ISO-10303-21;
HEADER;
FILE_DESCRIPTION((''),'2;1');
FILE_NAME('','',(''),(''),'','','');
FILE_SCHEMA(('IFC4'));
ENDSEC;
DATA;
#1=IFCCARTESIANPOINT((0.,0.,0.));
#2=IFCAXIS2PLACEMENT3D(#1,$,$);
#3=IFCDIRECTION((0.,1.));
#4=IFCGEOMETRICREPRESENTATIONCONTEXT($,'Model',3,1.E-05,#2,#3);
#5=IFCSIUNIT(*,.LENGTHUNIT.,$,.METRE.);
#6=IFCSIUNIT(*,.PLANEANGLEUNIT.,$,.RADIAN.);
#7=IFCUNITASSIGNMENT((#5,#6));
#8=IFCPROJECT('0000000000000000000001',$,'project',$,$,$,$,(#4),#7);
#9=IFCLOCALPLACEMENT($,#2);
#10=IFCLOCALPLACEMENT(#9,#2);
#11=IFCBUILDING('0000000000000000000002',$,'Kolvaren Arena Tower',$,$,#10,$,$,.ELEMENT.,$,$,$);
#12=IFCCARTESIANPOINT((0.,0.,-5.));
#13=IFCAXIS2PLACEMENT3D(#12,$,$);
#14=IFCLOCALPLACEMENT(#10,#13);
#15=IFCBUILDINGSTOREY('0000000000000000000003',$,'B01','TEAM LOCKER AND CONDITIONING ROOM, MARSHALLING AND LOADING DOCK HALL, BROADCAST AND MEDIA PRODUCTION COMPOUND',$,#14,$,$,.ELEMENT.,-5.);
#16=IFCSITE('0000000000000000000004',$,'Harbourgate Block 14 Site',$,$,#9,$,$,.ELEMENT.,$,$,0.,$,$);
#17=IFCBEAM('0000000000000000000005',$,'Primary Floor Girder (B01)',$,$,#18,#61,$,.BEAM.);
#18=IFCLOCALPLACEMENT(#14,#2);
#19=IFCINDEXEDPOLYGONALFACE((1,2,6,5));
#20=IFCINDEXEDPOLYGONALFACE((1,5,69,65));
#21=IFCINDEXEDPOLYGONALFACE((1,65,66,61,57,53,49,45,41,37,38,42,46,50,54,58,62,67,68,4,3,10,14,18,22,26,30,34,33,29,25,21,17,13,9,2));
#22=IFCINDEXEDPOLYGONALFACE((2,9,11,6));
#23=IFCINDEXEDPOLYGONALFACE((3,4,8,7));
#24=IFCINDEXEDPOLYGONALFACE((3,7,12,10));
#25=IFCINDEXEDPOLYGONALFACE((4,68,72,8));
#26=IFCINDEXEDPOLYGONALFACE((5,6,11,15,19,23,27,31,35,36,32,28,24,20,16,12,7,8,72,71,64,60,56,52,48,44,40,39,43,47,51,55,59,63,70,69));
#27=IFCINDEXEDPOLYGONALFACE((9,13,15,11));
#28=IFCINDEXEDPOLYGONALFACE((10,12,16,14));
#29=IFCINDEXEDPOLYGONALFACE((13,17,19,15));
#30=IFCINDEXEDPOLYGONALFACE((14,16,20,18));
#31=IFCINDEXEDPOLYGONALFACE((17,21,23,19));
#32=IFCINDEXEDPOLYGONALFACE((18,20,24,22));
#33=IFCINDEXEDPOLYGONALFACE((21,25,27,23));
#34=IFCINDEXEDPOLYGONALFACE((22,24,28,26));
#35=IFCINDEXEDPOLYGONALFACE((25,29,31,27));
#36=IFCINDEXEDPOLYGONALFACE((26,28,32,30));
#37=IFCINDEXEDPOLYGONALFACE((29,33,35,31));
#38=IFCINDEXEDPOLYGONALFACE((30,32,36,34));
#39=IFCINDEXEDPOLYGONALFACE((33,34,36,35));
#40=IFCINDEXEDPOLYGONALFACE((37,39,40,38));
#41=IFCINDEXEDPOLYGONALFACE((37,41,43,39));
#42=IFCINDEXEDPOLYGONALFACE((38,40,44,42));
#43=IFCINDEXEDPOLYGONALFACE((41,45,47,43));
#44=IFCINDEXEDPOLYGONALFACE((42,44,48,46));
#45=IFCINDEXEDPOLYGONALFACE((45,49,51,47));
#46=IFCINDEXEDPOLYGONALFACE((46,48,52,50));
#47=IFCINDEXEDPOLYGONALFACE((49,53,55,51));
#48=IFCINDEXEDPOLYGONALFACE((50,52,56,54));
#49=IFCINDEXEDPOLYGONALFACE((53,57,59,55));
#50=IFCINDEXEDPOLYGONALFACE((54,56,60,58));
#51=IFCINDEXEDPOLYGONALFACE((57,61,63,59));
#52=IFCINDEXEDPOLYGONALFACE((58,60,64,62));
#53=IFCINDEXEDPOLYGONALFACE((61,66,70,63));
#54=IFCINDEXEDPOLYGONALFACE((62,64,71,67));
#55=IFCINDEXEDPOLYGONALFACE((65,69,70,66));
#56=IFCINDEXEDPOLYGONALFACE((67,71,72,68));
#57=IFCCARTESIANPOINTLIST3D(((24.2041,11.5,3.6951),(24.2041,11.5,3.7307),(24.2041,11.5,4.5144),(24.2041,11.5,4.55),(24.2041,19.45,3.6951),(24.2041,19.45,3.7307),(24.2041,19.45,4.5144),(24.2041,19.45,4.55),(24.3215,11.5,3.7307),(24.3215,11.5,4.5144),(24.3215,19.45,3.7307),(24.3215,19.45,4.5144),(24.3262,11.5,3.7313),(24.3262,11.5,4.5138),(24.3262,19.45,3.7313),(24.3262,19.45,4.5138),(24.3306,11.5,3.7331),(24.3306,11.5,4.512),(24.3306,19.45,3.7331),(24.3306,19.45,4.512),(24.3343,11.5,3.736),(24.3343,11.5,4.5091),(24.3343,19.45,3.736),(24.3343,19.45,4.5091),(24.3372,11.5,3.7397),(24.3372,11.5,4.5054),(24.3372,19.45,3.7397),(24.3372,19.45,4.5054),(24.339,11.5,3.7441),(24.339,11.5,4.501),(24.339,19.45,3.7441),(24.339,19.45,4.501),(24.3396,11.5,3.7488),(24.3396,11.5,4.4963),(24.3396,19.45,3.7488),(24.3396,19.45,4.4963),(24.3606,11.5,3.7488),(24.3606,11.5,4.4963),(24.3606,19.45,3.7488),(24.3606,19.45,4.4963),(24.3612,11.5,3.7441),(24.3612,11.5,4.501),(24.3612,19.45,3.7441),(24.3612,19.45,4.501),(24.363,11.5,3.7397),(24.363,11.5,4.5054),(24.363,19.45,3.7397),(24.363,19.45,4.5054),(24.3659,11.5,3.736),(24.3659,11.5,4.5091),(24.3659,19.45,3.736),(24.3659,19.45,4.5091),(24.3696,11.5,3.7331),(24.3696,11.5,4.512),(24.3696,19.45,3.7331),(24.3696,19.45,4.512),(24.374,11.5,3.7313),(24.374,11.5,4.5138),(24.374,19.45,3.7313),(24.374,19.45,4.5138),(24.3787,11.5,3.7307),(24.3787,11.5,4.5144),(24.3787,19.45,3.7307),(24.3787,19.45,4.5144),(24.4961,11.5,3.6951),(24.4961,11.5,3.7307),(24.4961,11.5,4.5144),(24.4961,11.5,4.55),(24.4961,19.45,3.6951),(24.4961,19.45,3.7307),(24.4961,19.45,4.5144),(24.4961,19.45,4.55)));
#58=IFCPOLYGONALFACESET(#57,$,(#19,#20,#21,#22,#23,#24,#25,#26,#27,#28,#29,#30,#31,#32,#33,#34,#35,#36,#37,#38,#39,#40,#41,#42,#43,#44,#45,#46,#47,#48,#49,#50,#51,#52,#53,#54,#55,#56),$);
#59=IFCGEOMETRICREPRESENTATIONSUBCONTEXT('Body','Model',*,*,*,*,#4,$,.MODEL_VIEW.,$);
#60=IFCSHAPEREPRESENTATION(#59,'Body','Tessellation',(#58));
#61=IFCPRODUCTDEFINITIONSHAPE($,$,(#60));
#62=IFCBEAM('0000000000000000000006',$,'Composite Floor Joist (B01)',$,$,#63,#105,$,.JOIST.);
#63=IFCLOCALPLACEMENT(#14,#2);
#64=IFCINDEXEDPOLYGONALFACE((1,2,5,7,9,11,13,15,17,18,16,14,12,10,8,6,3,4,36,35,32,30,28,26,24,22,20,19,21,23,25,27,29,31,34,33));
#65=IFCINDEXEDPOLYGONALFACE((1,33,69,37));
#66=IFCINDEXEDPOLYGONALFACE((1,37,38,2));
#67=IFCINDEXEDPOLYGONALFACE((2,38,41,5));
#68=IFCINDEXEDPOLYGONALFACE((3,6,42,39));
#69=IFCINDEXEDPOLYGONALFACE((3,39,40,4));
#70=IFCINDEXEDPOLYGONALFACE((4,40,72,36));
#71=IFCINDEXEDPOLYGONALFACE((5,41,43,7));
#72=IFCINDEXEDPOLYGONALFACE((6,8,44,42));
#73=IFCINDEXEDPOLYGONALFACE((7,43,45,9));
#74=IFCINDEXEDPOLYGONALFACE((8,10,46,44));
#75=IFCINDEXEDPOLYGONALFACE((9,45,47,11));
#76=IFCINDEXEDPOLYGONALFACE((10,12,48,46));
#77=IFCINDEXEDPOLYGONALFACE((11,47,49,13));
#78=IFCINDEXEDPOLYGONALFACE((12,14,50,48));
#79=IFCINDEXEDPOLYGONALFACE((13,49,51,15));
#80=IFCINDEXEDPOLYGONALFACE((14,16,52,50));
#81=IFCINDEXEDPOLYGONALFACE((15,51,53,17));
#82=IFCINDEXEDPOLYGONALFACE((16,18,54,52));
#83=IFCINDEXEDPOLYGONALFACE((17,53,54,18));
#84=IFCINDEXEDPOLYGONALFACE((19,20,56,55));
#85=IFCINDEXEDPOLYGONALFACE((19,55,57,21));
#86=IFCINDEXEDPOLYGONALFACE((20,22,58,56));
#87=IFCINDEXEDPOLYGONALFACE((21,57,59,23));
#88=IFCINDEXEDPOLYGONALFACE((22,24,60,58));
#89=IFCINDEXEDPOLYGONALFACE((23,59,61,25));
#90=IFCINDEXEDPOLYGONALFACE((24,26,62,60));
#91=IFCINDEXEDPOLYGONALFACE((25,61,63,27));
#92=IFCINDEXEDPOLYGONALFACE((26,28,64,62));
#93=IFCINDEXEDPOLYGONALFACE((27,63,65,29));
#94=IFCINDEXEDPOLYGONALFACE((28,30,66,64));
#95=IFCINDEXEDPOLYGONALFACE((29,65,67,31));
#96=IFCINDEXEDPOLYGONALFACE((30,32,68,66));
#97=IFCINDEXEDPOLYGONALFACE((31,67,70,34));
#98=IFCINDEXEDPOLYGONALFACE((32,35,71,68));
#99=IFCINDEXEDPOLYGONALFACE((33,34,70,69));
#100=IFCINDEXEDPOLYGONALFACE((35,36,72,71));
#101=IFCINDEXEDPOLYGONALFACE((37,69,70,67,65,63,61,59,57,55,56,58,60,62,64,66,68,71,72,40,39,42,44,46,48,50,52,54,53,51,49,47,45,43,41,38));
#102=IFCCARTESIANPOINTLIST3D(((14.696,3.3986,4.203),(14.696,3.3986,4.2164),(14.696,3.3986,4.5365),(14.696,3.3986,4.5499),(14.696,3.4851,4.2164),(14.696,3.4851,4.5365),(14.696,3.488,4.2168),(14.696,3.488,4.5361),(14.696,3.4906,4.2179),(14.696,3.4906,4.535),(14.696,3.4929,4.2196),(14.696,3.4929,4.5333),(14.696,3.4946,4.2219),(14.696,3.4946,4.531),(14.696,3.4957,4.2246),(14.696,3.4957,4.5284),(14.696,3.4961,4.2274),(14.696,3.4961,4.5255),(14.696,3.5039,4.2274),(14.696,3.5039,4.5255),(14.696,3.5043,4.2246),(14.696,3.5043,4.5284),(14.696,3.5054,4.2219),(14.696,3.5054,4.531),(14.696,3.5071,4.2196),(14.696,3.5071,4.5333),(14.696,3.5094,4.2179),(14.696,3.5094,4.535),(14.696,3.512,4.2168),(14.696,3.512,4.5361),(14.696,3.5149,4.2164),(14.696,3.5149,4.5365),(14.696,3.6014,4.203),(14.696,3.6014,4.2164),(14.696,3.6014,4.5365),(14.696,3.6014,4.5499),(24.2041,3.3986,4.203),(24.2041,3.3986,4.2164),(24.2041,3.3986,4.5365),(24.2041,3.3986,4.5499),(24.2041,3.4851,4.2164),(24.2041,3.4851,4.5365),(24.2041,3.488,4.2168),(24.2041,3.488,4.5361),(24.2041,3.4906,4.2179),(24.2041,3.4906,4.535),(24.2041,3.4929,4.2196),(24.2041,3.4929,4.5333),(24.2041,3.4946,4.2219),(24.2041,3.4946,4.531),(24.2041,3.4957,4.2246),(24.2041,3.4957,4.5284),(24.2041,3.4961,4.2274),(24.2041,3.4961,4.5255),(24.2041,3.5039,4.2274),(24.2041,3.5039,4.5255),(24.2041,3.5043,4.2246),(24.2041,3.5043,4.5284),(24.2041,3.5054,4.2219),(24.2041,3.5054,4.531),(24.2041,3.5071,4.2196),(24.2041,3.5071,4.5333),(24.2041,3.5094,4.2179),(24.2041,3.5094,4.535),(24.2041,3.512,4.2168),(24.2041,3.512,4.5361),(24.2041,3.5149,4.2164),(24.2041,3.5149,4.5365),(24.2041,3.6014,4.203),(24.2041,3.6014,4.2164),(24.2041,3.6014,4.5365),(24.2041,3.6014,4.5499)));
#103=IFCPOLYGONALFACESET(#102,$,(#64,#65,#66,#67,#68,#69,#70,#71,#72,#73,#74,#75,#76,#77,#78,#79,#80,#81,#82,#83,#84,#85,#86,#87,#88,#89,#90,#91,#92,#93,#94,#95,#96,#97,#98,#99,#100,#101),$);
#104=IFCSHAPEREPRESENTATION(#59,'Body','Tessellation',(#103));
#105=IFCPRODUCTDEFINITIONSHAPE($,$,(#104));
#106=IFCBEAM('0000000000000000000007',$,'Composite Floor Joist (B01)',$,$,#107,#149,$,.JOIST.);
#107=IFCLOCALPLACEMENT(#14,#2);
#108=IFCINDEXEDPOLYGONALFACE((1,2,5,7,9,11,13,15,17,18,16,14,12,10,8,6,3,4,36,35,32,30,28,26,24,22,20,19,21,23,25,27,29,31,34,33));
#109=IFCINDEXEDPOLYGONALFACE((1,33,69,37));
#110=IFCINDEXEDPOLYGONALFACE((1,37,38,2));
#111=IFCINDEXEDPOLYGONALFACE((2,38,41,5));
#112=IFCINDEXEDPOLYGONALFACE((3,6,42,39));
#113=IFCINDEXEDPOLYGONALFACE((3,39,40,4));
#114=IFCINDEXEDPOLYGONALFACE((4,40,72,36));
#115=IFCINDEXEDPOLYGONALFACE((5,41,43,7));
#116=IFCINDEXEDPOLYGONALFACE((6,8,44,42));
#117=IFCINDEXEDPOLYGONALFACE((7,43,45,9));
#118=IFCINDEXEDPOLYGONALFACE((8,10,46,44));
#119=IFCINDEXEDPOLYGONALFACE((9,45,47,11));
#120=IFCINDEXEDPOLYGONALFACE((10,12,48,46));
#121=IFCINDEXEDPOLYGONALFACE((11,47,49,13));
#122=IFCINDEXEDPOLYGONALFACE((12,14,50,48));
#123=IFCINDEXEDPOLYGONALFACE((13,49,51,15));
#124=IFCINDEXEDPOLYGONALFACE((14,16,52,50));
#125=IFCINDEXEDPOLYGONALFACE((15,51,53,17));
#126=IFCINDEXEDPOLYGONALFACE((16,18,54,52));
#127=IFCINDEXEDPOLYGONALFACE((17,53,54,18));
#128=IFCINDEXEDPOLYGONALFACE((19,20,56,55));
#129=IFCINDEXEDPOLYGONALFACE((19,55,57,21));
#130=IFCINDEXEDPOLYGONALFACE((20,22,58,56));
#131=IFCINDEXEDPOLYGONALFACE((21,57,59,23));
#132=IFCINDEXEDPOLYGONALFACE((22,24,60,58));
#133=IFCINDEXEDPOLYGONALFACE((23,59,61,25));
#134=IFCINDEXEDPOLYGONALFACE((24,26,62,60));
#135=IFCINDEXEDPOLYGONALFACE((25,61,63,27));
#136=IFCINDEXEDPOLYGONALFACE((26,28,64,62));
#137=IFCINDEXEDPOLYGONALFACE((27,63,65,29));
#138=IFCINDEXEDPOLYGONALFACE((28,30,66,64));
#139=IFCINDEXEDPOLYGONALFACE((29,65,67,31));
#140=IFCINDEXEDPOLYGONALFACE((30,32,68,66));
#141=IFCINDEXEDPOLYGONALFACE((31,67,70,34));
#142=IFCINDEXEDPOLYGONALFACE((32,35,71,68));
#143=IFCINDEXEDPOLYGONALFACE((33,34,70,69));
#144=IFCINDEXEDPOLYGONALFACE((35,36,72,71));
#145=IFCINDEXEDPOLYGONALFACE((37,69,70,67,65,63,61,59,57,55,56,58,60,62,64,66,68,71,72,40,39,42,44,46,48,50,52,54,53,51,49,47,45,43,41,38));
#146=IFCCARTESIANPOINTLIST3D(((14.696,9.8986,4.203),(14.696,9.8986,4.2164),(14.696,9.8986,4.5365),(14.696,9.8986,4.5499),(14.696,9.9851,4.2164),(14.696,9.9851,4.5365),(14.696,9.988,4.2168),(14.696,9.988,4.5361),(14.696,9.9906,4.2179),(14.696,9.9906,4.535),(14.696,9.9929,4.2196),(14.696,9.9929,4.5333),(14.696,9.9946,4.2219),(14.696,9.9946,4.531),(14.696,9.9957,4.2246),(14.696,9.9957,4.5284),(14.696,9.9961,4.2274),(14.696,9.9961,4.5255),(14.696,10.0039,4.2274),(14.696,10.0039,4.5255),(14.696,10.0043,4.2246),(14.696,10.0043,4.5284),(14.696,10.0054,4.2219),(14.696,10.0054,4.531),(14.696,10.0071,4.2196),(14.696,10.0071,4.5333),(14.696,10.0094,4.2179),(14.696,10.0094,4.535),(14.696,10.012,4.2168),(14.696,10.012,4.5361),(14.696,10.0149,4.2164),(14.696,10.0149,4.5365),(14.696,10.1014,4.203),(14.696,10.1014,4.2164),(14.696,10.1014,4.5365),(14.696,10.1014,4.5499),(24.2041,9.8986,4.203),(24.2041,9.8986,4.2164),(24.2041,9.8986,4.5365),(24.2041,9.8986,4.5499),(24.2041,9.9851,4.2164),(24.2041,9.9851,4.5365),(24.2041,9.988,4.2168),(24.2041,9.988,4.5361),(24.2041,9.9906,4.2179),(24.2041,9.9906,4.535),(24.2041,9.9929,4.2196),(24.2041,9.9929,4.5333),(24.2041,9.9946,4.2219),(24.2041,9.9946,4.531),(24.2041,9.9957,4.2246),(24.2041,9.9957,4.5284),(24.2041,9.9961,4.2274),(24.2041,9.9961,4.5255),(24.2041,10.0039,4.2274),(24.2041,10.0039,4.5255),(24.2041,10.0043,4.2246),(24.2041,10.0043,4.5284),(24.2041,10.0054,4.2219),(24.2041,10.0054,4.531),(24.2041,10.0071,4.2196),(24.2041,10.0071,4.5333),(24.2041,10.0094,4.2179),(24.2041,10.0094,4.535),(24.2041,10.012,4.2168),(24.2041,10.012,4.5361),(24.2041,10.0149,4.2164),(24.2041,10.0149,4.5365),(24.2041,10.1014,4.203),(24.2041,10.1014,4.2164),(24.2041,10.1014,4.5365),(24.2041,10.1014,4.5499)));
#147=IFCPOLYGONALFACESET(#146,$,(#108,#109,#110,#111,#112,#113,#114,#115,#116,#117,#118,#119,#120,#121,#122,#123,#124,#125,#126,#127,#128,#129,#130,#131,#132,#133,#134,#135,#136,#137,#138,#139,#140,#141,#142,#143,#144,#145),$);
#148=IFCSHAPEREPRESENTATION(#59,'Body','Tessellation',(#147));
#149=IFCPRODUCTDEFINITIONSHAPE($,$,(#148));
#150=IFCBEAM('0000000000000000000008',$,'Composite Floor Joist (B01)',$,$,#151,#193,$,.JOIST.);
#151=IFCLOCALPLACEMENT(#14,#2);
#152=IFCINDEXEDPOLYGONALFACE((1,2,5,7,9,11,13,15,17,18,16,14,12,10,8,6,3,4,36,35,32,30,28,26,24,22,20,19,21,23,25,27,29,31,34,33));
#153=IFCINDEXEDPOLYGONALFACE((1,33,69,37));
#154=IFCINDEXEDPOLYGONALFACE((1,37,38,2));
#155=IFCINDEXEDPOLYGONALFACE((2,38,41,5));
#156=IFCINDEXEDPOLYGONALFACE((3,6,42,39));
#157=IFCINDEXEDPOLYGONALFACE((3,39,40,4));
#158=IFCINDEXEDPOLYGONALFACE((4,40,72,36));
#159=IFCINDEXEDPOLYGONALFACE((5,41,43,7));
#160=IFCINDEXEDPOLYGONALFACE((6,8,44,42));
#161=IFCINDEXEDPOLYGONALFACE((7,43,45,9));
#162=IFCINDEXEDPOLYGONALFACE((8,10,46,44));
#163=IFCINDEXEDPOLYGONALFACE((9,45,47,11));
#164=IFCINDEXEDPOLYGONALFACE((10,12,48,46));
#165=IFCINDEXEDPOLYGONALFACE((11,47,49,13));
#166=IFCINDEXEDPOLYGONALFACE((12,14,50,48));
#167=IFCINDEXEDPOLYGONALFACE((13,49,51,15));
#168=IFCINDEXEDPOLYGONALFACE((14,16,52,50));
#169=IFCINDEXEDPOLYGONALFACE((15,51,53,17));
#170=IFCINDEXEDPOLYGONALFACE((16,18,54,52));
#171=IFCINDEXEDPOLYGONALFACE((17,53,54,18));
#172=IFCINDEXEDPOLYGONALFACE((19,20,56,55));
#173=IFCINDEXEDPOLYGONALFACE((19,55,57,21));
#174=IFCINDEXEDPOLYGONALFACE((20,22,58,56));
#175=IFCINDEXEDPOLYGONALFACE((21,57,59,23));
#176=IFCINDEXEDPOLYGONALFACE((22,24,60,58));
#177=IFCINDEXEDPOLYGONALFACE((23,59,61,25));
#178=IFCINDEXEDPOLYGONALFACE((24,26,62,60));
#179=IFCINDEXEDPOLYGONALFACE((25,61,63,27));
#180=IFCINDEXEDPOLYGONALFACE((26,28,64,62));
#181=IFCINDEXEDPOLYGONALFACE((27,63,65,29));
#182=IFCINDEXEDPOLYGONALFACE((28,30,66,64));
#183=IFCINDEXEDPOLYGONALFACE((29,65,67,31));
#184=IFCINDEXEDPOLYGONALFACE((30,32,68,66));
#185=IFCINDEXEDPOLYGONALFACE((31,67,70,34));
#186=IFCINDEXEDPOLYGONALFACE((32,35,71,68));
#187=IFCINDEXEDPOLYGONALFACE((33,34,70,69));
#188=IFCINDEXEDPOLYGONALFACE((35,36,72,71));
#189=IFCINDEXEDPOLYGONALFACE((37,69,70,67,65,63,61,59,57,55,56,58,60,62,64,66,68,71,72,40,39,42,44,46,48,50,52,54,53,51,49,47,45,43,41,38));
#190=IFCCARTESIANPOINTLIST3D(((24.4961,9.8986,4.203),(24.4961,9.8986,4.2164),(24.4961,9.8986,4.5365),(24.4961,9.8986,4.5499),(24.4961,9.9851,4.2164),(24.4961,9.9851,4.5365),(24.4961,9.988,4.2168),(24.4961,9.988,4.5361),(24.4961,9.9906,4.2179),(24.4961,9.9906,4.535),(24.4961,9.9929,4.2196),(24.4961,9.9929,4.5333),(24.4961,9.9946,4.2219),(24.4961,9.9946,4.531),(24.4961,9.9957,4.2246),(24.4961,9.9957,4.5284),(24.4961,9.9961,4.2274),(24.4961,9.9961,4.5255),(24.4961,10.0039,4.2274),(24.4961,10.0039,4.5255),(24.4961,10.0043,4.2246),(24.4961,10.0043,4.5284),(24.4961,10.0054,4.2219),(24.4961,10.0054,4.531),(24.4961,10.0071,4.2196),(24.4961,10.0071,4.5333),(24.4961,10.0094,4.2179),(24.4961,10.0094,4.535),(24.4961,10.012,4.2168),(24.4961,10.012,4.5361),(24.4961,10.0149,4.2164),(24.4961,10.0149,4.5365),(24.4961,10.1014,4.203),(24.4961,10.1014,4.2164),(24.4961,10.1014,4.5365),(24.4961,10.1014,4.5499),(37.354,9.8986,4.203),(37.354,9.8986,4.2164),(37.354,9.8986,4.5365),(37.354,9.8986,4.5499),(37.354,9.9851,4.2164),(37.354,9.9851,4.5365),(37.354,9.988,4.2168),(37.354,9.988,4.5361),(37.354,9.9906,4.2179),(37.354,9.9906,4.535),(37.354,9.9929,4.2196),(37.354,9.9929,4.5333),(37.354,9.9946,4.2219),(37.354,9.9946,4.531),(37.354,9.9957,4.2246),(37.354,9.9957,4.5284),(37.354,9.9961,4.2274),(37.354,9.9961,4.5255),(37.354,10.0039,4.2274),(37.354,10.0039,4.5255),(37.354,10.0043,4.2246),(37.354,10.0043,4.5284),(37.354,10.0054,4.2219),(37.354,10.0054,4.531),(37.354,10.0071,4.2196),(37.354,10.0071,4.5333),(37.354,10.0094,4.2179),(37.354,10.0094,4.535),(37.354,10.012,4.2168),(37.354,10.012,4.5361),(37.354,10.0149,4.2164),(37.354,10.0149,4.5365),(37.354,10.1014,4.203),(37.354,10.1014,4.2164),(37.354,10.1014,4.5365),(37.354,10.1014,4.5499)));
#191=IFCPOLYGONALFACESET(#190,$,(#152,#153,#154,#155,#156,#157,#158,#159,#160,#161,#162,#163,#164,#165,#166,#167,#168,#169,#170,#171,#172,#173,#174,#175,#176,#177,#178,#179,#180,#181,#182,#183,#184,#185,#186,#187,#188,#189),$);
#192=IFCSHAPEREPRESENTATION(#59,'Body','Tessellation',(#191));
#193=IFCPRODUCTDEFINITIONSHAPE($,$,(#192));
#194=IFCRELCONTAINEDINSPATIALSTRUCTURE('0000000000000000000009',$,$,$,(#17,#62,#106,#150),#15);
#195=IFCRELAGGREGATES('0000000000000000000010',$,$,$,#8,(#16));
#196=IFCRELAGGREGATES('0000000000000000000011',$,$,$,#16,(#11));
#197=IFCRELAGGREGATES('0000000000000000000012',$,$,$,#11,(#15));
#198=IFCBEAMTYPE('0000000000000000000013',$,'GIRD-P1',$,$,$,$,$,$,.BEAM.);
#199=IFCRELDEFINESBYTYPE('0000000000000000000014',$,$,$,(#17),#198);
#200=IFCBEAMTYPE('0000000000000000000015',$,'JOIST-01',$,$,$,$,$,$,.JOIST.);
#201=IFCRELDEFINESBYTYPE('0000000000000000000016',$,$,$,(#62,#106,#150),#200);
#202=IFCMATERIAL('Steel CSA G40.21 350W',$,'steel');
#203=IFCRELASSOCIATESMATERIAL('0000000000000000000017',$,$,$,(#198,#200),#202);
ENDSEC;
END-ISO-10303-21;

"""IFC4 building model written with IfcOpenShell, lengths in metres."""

from ifc_helpers import new_model, si_unit, direction, frame, origin, origin_2d, place, context, subcontext, project, spatial, i_section, extrude, material, material_profile, profile_set, type_object, element, save


model = new_model("IFC4")

# Units and contexts
model_context = context("Model", 3, precision=1e-05, world=origin(), true_north=direction((0.0, 1.0)))
body_context = subcontext(model_context, "Body", "Model", "MODEL_VIEW")
ifc_project = project(units=[si_unit("LENGTHUNIT", "METRE"), si_unit("PLANEANGLEUNIT", "RADIAN")], contexts=[model_context])

# Site, building, storey
site_placement = place(None, origin())
site = spatial("IfcSite", under=ifc_project, at=site_placement, Name="Harbourgate Block 14 Site", CompositionType="ELEMENT", RefElevation=0.0)
building_placement = place(site_placement, origin())
building = spatial("IfcBuilding", under=site, at=building_placement, Name="Kolvaren Arena Tower", CompositionType="ELEMENT")
storey_placement = place(building_placement, frame((0.0, 0.0, -5.0)))
storey = spatial("IfcBuildingStorey", under=building, at=storey_placement, Name="B01", Description="TEAM LOCKER AND CONDITIONING ROOM, MARSHALLING AND LOADING DOCK HALL, BROADCAST AND MEDIA PRODUCTION COMPOUND", CompositionType="ELEMENT", Elevation=-5.0)

# Beams
ifc_material_1 = material(Name="Steel CSA G40.21 350W", Category="steel")
ifc_material_profile_1 = material_profile(ifc_material_1, i_section(OverallWidth=0.292, OverallDepth=0.855, WebThickness=0.021, FlangeThickness=0.0356, FilletRadius=0.0181, at=origin_2d()), Name="W840x299")
ifc_profile_set_1 = profile_set([ifc_material_profile_1], Name="Steel CSA G40.21 350W")
beam_type_1 = type_object("IfcBeamType", Name="GIRD-P1", PredefinedType="BEAM", material=ifc_profile_set_1)
beam_1_placement = place(storey_placement, frame((24.3501, 11.5, 4.1226), z_axis=(0.0, 1.0, 0.0), x_axis=(-1.0, 0.0, 0.0)))
element("IfcBeam", 1, at=beam_1_placement, inside=storey, type_object=beam_type_1, Name="Primary Floor Girder (B01)", PredefinedType="BEAM", context=body_context, shape_type="SweptSolid", body=[
    extrude(i_section(OverallWidth=0.292, OverallDepth=0.855, WebThickness=0.021, FlangeThickness=0.0356, FilletRadius=0.0181, at=origin_2d()), origin(), (0.0, 0.0, 1.0), 7.95),
])
ifc_material_profile_2 = material_profile(ifc_material_1, i_section(OverallWidth=0.2029, OverallDepth=0.3469, WebThickness=0.0078, FlangeThickness=0.0134, FilletRadius=0.011, at=origin_2d()), Name="W360x64")
ifc_profile_set_2 = profile_set([ifc_material_profile_2], Name="Steel CSA G40.21 350W")
beam_type_2 = type_object("IfcBeamType", Name="JOIST-01", PredefinedType="JOIST", material=ifc_profile_set_2)
for number, where, z_axis, x_axis, name in (
    (2, (14.696, 3.5, 4.3765), (1.0, 0.0, 0.0), (0.0, 1.0, 0.0), "Composite Floor Joist (B01)"),
    (3, (14.696, 10.0, 4.3765), (1.0, 0.0, 0.0), (0.0, 1.0, 0.0), "Composite Floor Joist (B01)"),
):
    element("IfcBeam", number, at=place(storey_placement, frame(where, z_axis=z_axis, x_axis=x_axis)), inside=storey, type_object=beam_type_2, Name=name, PredefinedType="JOIST", context=body_context, shape_type="SweptSolid", body=[
        extrude(i_section(OverallWidth=0.2029, OverallDepth=0.3469, WebThickness=0.0078, FlangeThickness=0.0134, FilletRadius=0.011, at=origin_2d()), origin(), (0.0, 0.0, 1.0), 9.5081),
    ])
beam_2_placement = place(storey_placement, frame((24.4961, 10.0, 4.3765), z_axis=(1.0, 0.0, 0.0), x_axis=(0.0, 1.0, 0.0)))
element("IfcBeam", 4, at=beam_2_placement, inside=storey, type_object=beam_type_2, Name="Composite Floor Joist (B01)", PredefinedType="JOIST", context=body_context, shape_type="SweptSolid", body=[
    extrude(i_section(OverallWidth=0.2029, OverallDepth=0.3469, WebThickness=0.0078, FlangeThickness=0.0134, FilletRadius=0.011, at=origin_2d()), origin(), (0.0, 0.0, 1.0), 12.8579),
])

save(model, "model.ifc")
